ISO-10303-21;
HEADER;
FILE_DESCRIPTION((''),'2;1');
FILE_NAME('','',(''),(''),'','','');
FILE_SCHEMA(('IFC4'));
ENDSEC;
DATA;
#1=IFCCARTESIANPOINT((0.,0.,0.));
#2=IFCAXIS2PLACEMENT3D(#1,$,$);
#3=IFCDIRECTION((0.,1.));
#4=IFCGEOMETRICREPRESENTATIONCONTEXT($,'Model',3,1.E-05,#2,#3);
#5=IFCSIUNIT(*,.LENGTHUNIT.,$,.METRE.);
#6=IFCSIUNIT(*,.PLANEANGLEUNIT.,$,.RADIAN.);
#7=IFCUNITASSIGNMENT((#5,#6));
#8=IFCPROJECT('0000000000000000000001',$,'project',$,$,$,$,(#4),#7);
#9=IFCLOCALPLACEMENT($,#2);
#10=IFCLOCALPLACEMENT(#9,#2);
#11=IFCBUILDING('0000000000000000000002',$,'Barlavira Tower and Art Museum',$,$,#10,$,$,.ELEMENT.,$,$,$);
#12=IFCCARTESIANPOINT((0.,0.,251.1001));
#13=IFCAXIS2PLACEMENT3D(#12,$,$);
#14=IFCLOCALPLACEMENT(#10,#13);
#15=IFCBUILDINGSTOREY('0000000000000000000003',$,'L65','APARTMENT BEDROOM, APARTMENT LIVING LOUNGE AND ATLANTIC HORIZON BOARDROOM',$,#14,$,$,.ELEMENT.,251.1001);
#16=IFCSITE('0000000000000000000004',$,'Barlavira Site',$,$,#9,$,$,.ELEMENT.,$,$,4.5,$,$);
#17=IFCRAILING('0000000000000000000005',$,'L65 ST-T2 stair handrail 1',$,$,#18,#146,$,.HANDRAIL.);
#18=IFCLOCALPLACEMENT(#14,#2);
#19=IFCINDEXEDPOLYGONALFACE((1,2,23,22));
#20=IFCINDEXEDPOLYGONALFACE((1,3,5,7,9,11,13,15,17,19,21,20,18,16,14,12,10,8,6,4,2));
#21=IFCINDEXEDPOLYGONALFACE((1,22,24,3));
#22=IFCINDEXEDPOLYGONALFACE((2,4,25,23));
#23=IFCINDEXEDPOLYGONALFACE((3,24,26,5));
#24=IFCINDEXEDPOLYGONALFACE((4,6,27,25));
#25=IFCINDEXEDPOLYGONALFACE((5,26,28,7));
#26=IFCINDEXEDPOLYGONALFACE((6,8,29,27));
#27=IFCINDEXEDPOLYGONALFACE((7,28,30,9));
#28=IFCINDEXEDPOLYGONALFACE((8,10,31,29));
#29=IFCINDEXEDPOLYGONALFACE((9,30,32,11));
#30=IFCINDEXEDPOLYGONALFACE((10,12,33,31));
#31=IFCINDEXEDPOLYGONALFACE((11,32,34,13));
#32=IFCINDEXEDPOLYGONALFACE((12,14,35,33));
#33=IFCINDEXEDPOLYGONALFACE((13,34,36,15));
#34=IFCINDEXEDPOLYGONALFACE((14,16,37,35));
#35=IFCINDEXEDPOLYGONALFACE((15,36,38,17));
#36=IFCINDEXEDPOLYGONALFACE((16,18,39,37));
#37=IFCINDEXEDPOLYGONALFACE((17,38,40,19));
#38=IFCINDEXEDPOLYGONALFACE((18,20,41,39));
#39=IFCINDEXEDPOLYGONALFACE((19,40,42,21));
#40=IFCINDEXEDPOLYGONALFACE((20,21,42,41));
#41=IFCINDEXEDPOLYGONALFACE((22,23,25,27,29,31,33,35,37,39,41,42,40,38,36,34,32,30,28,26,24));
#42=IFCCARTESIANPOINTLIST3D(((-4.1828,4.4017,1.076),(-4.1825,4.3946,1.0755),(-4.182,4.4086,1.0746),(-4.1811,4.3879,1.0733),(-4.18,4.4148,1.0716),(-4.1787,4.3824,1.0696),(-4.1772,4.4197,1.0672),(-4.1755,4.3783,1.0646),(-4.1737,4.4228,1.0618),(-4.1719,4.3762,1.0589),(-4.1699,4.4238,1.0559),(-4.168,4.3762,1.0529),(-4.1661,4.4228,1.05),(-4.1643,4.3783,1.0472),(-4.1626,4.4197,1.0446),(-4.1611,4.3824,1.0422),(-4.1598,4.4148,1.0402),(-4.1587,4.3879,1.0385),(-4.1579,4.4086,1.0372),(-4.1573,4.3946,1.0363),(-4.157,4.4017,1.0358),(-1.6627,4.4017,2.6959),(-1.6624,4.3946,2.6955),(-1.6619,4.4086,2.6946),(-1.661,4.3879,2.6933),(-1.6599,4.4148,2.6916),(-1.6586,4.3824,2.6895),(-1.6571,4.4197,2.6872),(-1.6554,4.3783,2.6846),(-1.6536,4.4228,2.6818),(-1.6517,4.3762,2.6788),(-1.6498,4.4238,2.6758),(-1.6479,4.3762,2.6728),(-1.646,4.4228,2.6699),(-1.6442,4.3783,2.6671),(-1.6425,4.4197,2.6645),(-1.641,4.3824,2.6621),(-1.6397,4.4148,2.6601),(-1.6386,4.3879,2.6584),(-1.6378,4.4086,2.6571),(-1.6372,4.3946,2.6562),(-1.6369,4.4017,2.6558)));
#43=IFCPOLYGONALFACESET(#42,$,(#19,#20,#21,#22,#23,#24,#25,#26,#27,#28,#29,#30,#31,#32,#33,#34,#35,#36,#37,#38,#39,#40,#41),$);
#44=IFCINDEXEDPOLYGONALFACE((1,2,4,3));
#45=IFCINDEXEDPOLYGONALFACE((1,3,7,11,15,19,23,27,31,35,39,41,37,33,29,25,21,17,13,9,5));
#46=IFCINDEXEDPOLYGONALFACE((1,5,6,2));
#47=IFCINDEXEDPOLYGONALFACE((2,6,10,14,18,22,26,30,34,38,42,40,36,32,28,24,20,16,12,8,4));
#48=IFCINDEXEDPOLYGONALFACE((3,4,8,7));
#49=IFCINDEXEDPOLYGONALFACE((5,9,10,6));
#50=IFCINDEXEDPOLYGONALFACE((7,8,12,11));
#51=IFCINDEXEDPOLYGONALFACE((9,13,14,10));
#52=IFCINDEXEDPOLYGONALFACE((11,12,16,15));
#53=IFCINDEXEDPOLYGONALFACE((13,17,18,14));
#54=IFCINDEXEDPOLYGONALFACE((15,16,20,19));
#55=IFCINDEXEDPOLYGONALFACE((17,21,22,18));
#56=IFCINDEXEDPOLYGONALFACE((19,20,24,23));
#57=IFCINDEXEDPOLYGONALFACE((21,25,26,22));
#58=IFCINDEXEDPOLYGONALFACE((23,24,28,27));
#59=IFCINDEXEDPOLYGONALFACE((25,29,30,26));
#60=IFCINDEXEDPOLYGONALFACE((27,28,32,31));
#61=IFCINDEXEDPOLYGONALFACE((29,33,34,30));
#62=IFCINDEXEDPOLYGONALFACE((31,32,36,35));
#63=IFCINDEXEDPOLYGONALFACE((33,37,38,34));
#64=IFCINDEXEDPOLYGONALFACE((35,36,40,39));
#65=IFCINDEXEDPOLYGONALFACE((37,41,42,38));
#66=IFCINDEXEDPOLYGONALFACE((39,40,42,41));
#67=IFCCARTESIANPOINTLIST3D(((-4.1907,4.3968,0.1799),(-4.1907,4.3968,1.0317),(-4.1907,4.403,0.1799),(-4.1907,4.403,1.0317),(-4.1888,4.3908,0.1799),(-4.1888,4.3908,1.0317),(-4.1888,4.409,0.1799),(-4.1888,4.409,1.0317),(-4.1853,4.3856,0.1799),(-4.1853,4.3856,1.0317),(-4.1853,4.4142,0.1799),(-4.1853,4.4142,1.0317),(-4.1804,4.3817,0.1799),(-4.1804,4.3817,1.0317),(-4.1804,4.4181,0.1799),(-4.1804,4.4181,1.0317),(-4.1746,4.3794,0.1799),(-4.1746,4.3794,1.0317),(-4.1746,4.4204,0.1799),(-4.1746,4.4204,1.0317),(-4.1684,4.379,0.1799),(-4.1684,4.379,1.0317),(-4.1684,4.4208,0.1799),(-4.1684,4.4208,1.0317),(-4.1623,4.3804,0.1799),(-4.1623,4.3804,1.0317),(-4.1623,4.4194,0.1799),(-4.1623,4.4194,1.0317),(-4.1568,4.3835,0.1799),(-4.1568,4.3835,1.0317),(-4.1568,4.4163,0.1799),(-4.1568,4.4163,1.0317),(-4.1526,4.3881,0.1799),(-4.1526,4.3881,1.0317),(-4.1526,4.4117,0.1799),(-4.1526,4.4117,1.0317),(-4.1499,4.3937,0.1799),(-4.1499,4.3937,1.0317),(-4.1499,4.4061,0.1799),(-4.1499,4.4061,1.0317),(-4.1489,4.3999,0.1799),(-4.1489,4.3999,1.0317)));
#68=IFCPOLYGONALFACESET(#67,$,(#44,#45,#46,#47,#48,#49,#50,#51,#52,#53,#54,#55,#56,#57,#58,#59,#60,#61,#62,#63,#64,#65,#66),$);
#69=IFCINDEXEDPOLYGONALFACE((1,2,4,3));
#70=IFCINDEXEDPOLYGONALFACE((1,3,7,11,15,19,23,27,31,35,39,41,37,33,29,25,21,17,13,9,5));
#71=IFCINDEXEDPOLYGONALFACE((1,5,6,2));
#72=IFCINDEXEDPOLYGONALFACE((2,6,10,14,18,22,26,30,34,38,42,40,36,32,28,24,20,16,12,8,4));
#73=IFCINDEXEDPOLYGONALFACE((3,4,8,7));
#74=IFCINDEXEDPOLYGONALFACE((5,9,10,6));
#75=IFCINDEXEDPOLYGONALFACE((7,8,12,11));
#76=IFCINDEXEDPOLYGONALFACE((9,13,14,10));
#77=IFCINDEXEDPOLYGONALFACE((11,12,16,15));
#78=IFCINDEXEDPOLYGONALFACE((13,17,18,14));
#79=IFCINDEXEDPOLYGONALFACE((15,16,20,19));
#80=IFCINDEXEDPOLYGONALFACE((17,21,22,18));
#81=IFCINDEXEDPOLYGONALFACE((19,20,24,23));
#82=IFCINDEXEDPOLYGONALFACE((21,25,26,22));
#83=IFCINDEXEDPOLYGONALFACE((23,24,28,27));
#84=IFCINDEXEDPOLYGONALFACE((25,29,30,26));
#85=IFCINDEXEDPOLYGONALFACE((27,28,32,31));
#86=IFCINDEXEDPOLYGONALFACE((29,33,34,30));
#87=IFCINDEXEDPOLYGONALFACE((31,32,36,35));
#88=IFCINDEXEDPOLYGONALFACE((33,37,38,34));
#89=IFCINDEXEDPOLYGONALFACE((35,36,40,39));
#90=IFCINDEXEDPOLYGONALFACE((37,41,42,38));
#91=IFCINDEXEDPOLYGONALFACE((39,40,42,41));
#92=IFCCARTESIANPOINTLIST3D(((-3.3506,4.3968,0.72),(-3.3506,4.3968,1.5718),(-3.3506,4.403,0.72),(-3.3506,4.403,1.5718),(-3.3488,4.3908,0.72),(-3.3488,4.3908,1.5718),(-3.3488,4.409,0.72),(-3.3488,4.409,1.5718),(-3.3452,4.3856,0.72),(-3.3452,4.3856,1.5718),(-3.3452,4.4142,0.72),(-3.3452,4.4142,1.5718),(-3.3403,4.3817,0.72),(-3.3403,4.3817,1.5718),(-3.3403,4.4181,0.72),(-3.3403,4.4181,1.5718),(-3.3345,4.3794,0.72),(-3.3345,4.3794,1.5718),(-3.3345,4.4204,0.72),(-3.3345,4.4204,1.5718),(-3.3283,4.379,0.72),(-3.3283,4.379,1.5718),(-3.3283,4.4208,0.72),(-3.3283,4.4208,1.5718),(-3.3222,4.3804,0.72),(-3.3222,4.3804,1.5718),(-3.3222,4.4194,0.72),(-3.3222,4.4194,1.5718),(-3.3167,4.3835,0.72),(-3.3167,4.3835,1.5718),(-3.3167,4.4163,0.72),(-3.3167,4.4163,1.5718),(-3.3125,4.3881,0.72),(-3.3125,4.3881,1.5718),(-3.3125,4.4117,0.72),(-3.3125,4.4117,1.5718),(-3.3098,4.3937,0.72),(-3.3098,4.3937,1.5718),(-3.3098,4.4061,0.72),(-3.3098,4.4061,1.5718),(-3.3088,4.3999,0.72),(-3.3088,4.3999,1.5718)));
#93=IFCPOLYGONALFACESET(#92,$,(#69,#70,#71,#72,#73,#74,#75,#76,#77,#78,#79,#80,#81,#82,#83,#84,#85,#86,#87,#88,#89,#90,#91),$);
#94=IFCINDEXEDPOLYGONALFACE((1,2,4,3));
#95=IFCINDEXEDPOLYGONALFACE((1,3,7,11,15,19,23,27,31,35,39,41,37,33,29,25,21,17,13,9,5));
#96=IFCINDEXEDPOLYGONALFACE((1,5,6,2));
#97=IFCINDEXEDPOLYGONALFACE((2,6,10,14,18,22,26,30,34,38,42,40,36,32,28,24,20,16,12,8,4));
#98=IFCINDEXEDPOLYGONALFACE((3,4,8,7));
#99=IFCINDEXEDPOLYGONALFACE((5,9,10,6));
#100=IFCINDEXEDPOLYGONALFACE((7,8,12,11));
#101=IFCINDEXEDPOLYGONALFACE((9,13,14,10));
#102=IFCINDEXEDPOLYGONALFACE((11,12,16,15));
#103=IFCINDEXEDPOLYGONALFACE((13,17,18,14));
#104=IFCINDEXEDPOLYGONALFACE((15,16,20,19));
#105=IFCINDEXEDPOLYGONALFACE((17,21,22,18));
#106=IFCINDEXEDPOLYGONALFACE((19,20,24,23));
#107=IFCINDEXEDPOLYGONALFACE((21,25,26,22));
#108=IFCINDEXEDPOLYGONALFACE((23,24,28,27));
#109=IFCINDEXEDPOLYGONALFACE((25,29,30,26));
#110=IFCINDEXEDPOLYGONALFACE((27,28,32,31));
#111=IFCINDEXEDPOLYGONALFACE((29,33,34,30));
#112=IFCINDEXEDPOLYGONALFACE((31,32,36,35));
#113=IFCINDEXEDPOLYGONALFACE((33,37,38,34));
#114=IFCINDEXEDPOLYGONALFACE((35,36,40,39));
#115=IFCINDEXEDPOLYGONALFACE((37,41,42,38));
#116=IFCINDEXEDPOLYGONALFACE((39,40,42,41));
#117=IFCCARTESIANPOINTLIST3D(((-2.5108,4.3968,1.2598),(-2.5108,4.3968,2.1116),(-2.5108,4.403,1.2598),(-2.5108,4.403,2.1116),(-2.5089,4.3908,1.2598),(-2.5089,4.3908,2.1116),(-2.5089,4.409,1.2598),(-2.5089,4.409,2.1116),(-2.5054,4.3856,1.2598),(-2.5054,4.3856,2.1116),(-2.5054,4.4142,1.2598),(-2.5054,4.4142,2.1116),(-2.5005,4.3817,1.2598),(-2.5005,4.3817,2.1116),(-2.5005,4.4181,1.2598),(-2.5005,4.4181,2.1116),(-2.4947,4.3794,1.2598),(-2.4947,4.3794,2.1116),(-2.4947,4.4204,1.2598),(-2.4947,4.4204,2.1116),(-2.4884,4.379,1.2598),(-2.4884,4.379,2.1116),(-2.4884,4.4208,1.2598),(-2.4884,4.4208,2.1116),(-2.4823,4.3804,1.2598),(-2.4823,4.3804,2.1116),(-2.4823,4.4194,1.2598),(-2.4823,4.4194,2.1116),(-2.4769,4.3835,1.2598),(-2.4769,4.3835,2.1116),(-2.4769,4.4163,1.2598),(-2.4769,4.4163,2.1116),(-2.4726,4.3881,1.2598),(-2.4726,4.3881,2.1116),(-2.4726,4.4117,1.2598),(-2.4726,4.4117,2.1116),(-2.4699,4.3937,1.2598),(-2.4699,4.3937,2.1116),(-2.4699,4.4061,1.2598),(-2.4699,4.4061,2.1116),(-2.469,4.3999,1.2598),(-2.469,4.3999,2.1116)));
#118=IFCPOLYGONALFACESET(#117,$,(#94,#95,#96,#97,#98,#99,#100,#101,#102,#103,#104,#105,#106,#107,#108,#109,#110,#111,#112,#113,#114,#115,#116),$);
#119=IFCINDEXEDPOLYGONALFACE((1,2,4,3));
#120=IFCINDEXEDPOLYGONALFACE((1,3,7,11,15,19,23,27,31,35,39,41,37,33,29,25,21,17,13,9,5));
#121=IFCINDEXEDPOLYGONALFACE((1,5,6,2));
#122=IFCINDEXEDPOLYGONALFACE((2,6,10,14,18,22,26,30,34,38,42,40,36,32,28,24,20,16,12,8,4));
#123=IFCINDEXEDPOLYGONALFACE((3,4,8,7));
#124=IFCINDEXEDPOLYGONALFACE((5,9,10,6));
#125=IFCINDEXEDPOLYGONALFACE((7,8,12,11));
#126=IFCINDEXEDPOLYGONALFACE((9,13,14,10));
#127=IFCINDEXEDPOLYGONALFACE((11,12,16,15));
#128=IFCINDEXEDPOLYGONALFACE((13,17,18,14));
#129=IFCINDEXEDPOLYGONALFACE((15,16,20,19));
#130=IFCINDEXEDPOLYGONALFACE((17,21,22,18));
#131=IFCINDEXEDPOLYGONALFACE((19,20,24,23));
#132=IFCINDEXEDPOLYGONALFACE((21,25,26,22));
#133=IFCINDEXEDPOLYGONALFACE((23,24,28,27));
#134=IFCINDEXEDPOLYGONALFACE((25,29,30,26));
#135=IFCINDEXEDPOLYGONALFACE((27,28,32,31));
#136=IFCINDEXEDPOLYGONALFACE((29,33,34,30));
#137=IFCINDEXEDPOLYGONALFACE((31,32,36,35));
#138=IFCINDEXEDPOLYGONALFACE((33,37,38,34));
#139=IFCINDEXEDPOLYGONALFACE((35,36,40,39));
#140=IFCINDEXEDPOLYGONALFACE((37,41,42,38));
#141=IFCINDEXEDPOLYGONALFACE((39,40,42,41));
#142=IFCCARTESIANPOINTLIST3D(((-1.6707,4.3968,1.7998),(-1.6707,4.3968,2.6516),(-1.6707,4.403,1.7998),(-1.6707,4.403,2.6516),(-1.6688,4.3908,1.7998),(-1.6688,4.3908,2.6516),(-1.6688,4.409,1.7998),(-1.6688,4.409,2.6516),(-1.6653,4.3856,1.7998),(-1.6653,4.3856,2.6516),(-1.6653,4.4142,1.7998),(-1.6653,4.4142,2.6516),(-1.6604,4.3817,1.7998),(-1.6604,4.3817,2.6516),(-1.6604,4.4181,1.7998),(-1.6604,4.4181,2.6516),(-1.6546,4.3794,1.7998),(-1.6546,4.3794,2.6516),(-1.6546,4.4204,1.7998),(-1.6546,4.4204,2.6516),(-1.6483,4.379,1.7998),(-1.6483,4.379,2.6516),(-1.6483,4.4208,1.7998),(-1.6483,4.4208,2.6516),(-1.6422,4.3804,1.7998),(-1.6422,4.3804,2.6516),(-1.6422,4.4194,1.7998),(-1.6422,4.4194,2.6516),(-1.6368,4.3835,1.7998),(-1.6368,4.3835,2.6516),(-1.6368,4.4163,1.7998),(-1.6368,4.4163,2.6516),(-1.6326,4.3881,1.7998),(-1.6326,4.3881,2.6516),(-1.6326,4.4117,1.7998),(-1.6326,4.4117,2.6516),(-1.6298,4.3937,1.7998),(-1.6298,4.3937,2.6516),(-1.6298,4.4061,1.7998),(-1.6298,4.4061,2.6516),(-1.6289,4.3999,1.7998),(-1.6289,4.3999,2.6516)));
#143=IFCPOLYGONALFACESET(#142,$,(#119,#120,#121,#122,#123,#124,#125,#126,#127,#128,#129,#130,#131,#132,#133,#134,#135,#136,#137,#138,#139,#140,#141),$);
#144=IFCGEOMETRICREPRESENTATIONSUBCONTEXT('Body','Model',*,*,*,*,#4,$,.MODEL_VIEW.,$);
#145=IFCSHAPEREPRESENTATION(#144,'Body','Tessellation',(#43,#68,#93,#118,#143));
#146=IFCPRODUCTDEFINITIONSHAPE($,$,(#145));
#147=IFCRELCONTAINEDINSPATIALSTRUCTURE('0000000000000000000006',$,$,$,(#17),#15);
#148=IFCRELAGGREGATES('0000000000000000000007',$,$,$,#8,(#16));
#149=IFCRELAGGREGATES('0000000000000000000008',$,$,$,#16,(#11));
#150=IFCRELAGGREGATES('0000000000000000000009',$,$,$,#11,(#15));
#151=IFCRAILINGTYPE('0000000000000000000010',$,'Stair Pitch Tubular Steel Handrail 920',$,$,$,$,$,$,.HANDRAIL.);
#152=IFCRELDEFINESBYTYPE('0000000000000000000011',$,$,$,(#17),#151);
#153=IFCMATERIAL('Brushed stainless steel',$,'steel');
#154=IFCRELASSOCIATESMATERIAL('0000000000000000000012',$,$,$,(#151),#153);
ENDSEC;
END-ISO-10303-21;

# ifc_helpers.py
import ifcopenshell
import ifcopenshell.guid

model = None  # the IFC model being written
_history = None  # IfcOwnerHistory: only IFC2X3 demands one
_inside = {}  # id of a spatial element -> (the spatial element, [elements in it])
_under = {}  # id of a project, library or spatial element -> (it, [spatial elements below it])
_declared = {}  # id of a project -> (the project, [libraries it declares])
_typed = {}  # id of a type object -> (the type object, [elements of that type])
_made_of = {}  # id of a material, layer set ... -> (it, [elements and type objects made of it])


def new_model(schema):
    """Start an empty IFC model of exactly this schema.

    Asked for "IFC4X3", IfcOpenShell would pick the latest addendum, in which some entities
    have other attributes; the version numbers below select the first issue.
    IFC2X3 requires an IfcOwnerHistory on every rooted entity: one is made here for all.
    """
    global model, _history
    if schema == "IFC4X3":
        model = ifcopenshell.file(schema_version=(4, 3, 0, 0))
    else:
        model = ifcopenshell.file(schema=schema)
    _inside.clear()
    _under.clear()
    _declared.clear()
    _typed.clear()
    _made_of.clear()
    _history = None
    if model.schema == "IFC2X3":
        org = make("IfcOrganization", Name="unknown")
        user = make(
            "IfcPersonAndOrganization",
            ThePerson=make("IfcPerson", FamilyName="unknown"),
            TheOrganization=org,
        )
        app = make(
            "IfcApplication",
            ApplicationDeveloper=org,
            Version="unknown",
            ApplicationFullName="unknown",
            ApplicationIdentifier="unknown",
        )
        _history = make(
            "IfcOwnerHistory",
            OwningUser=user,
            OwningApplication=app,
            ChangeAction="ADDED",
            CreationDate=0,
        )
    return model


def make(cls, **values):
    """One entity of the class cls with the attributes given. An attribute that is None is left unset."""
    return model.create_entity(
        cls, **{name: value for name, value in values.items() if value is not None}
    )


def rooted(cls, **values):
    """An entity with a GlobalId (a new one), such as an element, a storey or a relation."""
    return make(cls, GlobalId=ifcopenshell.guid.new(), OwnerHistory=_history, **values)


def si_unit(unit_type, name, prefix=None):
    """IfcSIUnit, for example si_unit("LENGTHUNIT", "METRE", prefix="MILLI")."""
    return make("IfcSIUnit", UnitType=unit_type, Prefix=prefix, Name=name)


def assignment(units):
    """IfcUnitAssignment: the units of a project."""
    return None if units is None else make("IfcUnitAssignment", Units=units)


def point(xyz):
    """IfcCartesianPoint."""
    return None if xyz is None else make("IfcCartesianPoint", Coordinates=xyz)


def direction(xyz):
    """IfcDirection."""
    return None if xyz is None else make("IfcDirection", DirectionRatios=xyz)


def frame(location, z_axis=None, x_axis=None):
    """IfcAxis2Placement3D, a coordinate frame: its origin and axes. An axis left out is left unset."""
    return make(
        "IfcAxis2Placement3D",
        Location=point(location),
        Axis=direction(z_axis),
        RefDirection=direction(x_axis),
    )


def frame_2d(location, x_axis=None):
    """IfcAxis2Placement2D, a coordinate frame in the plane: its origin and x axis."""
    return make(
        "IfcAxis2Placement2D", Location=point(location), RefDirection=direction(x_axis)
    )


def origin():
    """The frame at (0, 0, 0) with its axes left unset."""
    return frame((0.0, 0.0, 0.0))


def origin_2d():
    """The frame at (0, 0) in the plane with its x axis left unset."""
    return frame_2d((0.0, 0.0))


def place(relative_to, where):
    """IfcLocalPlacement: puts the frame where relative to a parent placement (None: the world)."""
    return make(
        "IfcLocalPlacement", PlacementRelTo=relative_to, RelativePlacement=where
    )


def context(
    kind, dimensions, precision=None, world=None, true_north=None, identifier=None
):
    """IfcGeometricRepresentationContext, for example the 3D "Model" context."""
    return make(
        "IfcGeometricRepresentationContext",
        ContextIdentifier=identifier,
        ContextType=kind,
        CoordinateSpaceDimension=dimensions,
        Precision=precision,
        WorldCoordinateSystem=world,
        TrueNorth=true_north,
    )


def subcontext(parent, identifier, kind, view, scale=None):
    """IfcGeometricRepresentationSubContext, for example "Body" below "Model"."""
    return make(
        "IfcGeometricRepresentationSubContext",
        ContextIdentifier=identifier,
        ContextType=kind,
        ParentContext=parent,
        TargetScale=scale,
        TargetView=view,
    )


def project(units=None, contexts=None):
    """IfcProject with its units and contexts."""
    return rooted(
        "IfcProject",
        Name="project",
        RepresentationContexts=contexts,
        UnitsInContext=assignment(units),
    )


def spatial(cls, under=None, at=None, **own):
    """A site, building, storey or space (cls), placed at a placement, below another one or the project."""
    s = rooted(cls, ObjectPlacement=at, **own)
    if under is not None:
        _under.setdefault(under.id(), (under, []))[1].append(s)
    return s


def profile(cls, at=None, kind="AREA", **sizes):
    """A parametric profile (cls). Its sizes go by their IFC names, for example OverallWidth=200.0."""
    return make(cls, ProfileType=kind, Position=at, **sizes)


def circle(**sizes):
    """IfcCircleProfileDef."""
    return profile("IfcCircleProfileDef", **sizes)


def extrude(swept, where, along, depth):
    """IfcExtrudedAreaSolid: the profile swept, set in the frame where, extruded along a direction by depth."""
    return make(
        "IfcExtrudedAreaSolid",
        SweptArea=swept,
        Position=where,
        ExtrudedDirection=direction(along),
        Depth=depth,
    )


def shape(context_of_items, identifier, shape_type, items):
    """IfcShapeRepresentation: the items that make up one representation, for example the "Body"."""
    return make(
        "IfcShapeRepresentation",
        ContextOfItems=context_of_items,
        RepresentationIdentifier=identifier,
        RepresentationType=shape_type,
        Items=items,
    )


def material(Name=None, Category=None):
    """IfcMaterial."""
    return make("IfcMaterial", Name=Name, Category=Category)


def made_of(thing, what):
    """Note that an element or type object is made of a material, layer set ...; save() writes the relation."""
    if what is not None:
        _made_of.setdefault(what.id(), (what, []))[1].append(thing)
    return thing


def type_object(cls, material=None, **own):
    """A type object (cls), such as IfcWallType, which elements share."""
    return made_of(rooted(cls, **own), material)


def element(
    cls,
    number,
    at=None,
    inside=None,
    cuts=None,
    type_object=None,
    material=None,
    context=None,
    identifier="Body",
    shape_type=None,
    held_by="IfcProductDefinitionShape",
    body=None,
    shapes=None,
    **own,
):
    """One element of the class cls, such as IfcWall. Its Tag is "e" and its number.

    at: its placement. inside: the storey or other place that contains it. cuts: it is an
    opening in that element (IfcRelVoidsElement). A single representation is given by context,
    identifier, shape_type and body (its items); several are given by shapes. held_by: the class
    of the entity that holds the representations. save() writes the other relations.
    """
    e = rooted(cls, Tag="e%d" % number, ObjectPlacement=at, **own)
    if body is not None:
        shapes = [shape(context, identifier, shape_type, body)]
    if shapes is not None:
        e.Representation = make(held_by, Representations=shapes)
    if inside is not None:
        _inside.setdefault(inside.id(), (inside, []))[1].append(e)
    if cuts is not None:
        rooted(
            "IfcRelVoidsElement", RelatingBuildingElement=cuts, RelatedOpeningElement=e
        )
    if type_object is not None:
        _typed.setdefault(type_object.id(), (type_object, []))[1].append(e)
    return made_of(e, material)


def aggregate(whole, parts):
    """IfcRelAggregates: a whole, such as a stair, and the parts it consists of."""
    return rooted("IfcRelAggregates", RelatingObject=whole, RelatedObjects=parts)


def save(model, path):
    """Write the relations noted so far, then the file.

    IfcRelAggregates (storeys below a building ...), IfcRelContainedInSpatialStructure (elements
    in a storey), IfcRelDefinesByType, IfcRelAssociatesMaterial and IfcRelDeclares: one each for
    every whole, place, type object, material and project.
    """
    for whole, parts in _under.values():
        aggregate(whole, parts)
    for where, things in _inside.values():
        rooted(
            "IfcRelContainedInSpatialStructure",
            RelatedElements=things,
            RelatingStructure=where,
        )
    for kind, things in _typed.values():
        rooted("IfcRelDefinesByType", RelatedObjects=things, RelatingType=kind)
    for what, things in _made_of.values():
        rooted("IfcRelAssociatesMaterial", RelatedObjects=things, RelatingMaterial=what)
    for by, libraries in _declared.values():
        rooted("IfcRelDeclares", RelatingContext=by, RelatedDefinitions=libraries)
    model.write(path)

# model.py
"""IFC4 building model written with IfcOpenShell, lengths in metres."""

from ifc_helpers import new_model, si_unit, direction, frame, origin, origin_2d, place, context, subcontext, project, spatial, circle, extrude, material, type_object, element, save


model = new_model("IFC4")

# Units and contexts
model_context = context("Model", 3, precision=1e-05, world=origin(), true_north=direction((0.0, 1.0)))
body_context = subcontext(model_context, "Body", "Model", "MODEL_VIEW")
ifc_project = project(units=[si_unit("LENGTHUNIT", "METRE"), si_unit("PLANEANGLEUNIT", "RADIAN")], contexts=[model_context])

# Site, building, storey
site_placement = place(None, origin())
site = spatial("IfcSite", under=ifc_project, at=site_placement, Name="Barlavira Site", CompositionType="ELEMENT", RefElevation=4.5)
building_placement = place(site_placement, origin())
building = spatial("IfcBuilding", under=site, at=building_placement, Name="Barlavira Tower and Art Museum", CompositionType="ELEMENT")
storey_placement = place(building_placement, frame((0.0, 0.0, 251.1001)))
storey = spatial("IfcBuildingStorey", under=building, at=storey_placement, Name="L65", Description="APARTMENT BEDROOM, APARTMENT LIVING LOUNGE AND ATLANTIC HORIZON BOARDROOM", CompositionType="ELEMENT", Elevation=251.1001)

# Shared definitions
ifc_material_1 = material(Name="Brushed stainless steel", Category="steel")

# Railing
railing_type_1 = type_object("IfcRailingType", Name="Stair Pitch Tubular Steel Handrail 920", PredefinedType="HANDRAIL", material=ifc_material_1)
railing_1_placement = place(storey_placement, frame((-4.1699, 4.3999, 0.1799)))
element("IfcRailing", 1, at=railing_1_placement, inside=storey, type_object=railing_type_1, Name="L65 ST-T2 stair handrail 1", PredefinedType="HANDRAIL", context=body_context, shape_type="SweptSolid", body=[
    extrude(circle(Radius=0.0239, at=origin_2d()), frame((0.0, 0.0, 0.876), z_axis=(0.8412, 0.0, 0.540725), x_axis=(0.0, 1.0, 0.0)), (0.0, 0.0, 1.0), 2.9958),
    extrude(circle(Radius=0.021, at=origin_2d()), origin(), (0.0, 0.0, 1.0), 0.8518),
    extrude(circle(Radius=0.021, at=origin_2d()), frame((0.8401, 0.0, 0.54)), (0.0, 0.0, 1.0), 0.8518),
    extrude(circle(Radius=0.021, at=origin_2d()), frame((1.6799, 0.0, 1.0798)), (0.0, 0.0, 1.0), 0.8518),
    extrude(circle(Radius=0.021, at=origin_2d()), frame((2.52, 0.0, 1.6199)), (0.0, 0.0, 1.0), 0.8518),
])

save(model, "model.ifc")
